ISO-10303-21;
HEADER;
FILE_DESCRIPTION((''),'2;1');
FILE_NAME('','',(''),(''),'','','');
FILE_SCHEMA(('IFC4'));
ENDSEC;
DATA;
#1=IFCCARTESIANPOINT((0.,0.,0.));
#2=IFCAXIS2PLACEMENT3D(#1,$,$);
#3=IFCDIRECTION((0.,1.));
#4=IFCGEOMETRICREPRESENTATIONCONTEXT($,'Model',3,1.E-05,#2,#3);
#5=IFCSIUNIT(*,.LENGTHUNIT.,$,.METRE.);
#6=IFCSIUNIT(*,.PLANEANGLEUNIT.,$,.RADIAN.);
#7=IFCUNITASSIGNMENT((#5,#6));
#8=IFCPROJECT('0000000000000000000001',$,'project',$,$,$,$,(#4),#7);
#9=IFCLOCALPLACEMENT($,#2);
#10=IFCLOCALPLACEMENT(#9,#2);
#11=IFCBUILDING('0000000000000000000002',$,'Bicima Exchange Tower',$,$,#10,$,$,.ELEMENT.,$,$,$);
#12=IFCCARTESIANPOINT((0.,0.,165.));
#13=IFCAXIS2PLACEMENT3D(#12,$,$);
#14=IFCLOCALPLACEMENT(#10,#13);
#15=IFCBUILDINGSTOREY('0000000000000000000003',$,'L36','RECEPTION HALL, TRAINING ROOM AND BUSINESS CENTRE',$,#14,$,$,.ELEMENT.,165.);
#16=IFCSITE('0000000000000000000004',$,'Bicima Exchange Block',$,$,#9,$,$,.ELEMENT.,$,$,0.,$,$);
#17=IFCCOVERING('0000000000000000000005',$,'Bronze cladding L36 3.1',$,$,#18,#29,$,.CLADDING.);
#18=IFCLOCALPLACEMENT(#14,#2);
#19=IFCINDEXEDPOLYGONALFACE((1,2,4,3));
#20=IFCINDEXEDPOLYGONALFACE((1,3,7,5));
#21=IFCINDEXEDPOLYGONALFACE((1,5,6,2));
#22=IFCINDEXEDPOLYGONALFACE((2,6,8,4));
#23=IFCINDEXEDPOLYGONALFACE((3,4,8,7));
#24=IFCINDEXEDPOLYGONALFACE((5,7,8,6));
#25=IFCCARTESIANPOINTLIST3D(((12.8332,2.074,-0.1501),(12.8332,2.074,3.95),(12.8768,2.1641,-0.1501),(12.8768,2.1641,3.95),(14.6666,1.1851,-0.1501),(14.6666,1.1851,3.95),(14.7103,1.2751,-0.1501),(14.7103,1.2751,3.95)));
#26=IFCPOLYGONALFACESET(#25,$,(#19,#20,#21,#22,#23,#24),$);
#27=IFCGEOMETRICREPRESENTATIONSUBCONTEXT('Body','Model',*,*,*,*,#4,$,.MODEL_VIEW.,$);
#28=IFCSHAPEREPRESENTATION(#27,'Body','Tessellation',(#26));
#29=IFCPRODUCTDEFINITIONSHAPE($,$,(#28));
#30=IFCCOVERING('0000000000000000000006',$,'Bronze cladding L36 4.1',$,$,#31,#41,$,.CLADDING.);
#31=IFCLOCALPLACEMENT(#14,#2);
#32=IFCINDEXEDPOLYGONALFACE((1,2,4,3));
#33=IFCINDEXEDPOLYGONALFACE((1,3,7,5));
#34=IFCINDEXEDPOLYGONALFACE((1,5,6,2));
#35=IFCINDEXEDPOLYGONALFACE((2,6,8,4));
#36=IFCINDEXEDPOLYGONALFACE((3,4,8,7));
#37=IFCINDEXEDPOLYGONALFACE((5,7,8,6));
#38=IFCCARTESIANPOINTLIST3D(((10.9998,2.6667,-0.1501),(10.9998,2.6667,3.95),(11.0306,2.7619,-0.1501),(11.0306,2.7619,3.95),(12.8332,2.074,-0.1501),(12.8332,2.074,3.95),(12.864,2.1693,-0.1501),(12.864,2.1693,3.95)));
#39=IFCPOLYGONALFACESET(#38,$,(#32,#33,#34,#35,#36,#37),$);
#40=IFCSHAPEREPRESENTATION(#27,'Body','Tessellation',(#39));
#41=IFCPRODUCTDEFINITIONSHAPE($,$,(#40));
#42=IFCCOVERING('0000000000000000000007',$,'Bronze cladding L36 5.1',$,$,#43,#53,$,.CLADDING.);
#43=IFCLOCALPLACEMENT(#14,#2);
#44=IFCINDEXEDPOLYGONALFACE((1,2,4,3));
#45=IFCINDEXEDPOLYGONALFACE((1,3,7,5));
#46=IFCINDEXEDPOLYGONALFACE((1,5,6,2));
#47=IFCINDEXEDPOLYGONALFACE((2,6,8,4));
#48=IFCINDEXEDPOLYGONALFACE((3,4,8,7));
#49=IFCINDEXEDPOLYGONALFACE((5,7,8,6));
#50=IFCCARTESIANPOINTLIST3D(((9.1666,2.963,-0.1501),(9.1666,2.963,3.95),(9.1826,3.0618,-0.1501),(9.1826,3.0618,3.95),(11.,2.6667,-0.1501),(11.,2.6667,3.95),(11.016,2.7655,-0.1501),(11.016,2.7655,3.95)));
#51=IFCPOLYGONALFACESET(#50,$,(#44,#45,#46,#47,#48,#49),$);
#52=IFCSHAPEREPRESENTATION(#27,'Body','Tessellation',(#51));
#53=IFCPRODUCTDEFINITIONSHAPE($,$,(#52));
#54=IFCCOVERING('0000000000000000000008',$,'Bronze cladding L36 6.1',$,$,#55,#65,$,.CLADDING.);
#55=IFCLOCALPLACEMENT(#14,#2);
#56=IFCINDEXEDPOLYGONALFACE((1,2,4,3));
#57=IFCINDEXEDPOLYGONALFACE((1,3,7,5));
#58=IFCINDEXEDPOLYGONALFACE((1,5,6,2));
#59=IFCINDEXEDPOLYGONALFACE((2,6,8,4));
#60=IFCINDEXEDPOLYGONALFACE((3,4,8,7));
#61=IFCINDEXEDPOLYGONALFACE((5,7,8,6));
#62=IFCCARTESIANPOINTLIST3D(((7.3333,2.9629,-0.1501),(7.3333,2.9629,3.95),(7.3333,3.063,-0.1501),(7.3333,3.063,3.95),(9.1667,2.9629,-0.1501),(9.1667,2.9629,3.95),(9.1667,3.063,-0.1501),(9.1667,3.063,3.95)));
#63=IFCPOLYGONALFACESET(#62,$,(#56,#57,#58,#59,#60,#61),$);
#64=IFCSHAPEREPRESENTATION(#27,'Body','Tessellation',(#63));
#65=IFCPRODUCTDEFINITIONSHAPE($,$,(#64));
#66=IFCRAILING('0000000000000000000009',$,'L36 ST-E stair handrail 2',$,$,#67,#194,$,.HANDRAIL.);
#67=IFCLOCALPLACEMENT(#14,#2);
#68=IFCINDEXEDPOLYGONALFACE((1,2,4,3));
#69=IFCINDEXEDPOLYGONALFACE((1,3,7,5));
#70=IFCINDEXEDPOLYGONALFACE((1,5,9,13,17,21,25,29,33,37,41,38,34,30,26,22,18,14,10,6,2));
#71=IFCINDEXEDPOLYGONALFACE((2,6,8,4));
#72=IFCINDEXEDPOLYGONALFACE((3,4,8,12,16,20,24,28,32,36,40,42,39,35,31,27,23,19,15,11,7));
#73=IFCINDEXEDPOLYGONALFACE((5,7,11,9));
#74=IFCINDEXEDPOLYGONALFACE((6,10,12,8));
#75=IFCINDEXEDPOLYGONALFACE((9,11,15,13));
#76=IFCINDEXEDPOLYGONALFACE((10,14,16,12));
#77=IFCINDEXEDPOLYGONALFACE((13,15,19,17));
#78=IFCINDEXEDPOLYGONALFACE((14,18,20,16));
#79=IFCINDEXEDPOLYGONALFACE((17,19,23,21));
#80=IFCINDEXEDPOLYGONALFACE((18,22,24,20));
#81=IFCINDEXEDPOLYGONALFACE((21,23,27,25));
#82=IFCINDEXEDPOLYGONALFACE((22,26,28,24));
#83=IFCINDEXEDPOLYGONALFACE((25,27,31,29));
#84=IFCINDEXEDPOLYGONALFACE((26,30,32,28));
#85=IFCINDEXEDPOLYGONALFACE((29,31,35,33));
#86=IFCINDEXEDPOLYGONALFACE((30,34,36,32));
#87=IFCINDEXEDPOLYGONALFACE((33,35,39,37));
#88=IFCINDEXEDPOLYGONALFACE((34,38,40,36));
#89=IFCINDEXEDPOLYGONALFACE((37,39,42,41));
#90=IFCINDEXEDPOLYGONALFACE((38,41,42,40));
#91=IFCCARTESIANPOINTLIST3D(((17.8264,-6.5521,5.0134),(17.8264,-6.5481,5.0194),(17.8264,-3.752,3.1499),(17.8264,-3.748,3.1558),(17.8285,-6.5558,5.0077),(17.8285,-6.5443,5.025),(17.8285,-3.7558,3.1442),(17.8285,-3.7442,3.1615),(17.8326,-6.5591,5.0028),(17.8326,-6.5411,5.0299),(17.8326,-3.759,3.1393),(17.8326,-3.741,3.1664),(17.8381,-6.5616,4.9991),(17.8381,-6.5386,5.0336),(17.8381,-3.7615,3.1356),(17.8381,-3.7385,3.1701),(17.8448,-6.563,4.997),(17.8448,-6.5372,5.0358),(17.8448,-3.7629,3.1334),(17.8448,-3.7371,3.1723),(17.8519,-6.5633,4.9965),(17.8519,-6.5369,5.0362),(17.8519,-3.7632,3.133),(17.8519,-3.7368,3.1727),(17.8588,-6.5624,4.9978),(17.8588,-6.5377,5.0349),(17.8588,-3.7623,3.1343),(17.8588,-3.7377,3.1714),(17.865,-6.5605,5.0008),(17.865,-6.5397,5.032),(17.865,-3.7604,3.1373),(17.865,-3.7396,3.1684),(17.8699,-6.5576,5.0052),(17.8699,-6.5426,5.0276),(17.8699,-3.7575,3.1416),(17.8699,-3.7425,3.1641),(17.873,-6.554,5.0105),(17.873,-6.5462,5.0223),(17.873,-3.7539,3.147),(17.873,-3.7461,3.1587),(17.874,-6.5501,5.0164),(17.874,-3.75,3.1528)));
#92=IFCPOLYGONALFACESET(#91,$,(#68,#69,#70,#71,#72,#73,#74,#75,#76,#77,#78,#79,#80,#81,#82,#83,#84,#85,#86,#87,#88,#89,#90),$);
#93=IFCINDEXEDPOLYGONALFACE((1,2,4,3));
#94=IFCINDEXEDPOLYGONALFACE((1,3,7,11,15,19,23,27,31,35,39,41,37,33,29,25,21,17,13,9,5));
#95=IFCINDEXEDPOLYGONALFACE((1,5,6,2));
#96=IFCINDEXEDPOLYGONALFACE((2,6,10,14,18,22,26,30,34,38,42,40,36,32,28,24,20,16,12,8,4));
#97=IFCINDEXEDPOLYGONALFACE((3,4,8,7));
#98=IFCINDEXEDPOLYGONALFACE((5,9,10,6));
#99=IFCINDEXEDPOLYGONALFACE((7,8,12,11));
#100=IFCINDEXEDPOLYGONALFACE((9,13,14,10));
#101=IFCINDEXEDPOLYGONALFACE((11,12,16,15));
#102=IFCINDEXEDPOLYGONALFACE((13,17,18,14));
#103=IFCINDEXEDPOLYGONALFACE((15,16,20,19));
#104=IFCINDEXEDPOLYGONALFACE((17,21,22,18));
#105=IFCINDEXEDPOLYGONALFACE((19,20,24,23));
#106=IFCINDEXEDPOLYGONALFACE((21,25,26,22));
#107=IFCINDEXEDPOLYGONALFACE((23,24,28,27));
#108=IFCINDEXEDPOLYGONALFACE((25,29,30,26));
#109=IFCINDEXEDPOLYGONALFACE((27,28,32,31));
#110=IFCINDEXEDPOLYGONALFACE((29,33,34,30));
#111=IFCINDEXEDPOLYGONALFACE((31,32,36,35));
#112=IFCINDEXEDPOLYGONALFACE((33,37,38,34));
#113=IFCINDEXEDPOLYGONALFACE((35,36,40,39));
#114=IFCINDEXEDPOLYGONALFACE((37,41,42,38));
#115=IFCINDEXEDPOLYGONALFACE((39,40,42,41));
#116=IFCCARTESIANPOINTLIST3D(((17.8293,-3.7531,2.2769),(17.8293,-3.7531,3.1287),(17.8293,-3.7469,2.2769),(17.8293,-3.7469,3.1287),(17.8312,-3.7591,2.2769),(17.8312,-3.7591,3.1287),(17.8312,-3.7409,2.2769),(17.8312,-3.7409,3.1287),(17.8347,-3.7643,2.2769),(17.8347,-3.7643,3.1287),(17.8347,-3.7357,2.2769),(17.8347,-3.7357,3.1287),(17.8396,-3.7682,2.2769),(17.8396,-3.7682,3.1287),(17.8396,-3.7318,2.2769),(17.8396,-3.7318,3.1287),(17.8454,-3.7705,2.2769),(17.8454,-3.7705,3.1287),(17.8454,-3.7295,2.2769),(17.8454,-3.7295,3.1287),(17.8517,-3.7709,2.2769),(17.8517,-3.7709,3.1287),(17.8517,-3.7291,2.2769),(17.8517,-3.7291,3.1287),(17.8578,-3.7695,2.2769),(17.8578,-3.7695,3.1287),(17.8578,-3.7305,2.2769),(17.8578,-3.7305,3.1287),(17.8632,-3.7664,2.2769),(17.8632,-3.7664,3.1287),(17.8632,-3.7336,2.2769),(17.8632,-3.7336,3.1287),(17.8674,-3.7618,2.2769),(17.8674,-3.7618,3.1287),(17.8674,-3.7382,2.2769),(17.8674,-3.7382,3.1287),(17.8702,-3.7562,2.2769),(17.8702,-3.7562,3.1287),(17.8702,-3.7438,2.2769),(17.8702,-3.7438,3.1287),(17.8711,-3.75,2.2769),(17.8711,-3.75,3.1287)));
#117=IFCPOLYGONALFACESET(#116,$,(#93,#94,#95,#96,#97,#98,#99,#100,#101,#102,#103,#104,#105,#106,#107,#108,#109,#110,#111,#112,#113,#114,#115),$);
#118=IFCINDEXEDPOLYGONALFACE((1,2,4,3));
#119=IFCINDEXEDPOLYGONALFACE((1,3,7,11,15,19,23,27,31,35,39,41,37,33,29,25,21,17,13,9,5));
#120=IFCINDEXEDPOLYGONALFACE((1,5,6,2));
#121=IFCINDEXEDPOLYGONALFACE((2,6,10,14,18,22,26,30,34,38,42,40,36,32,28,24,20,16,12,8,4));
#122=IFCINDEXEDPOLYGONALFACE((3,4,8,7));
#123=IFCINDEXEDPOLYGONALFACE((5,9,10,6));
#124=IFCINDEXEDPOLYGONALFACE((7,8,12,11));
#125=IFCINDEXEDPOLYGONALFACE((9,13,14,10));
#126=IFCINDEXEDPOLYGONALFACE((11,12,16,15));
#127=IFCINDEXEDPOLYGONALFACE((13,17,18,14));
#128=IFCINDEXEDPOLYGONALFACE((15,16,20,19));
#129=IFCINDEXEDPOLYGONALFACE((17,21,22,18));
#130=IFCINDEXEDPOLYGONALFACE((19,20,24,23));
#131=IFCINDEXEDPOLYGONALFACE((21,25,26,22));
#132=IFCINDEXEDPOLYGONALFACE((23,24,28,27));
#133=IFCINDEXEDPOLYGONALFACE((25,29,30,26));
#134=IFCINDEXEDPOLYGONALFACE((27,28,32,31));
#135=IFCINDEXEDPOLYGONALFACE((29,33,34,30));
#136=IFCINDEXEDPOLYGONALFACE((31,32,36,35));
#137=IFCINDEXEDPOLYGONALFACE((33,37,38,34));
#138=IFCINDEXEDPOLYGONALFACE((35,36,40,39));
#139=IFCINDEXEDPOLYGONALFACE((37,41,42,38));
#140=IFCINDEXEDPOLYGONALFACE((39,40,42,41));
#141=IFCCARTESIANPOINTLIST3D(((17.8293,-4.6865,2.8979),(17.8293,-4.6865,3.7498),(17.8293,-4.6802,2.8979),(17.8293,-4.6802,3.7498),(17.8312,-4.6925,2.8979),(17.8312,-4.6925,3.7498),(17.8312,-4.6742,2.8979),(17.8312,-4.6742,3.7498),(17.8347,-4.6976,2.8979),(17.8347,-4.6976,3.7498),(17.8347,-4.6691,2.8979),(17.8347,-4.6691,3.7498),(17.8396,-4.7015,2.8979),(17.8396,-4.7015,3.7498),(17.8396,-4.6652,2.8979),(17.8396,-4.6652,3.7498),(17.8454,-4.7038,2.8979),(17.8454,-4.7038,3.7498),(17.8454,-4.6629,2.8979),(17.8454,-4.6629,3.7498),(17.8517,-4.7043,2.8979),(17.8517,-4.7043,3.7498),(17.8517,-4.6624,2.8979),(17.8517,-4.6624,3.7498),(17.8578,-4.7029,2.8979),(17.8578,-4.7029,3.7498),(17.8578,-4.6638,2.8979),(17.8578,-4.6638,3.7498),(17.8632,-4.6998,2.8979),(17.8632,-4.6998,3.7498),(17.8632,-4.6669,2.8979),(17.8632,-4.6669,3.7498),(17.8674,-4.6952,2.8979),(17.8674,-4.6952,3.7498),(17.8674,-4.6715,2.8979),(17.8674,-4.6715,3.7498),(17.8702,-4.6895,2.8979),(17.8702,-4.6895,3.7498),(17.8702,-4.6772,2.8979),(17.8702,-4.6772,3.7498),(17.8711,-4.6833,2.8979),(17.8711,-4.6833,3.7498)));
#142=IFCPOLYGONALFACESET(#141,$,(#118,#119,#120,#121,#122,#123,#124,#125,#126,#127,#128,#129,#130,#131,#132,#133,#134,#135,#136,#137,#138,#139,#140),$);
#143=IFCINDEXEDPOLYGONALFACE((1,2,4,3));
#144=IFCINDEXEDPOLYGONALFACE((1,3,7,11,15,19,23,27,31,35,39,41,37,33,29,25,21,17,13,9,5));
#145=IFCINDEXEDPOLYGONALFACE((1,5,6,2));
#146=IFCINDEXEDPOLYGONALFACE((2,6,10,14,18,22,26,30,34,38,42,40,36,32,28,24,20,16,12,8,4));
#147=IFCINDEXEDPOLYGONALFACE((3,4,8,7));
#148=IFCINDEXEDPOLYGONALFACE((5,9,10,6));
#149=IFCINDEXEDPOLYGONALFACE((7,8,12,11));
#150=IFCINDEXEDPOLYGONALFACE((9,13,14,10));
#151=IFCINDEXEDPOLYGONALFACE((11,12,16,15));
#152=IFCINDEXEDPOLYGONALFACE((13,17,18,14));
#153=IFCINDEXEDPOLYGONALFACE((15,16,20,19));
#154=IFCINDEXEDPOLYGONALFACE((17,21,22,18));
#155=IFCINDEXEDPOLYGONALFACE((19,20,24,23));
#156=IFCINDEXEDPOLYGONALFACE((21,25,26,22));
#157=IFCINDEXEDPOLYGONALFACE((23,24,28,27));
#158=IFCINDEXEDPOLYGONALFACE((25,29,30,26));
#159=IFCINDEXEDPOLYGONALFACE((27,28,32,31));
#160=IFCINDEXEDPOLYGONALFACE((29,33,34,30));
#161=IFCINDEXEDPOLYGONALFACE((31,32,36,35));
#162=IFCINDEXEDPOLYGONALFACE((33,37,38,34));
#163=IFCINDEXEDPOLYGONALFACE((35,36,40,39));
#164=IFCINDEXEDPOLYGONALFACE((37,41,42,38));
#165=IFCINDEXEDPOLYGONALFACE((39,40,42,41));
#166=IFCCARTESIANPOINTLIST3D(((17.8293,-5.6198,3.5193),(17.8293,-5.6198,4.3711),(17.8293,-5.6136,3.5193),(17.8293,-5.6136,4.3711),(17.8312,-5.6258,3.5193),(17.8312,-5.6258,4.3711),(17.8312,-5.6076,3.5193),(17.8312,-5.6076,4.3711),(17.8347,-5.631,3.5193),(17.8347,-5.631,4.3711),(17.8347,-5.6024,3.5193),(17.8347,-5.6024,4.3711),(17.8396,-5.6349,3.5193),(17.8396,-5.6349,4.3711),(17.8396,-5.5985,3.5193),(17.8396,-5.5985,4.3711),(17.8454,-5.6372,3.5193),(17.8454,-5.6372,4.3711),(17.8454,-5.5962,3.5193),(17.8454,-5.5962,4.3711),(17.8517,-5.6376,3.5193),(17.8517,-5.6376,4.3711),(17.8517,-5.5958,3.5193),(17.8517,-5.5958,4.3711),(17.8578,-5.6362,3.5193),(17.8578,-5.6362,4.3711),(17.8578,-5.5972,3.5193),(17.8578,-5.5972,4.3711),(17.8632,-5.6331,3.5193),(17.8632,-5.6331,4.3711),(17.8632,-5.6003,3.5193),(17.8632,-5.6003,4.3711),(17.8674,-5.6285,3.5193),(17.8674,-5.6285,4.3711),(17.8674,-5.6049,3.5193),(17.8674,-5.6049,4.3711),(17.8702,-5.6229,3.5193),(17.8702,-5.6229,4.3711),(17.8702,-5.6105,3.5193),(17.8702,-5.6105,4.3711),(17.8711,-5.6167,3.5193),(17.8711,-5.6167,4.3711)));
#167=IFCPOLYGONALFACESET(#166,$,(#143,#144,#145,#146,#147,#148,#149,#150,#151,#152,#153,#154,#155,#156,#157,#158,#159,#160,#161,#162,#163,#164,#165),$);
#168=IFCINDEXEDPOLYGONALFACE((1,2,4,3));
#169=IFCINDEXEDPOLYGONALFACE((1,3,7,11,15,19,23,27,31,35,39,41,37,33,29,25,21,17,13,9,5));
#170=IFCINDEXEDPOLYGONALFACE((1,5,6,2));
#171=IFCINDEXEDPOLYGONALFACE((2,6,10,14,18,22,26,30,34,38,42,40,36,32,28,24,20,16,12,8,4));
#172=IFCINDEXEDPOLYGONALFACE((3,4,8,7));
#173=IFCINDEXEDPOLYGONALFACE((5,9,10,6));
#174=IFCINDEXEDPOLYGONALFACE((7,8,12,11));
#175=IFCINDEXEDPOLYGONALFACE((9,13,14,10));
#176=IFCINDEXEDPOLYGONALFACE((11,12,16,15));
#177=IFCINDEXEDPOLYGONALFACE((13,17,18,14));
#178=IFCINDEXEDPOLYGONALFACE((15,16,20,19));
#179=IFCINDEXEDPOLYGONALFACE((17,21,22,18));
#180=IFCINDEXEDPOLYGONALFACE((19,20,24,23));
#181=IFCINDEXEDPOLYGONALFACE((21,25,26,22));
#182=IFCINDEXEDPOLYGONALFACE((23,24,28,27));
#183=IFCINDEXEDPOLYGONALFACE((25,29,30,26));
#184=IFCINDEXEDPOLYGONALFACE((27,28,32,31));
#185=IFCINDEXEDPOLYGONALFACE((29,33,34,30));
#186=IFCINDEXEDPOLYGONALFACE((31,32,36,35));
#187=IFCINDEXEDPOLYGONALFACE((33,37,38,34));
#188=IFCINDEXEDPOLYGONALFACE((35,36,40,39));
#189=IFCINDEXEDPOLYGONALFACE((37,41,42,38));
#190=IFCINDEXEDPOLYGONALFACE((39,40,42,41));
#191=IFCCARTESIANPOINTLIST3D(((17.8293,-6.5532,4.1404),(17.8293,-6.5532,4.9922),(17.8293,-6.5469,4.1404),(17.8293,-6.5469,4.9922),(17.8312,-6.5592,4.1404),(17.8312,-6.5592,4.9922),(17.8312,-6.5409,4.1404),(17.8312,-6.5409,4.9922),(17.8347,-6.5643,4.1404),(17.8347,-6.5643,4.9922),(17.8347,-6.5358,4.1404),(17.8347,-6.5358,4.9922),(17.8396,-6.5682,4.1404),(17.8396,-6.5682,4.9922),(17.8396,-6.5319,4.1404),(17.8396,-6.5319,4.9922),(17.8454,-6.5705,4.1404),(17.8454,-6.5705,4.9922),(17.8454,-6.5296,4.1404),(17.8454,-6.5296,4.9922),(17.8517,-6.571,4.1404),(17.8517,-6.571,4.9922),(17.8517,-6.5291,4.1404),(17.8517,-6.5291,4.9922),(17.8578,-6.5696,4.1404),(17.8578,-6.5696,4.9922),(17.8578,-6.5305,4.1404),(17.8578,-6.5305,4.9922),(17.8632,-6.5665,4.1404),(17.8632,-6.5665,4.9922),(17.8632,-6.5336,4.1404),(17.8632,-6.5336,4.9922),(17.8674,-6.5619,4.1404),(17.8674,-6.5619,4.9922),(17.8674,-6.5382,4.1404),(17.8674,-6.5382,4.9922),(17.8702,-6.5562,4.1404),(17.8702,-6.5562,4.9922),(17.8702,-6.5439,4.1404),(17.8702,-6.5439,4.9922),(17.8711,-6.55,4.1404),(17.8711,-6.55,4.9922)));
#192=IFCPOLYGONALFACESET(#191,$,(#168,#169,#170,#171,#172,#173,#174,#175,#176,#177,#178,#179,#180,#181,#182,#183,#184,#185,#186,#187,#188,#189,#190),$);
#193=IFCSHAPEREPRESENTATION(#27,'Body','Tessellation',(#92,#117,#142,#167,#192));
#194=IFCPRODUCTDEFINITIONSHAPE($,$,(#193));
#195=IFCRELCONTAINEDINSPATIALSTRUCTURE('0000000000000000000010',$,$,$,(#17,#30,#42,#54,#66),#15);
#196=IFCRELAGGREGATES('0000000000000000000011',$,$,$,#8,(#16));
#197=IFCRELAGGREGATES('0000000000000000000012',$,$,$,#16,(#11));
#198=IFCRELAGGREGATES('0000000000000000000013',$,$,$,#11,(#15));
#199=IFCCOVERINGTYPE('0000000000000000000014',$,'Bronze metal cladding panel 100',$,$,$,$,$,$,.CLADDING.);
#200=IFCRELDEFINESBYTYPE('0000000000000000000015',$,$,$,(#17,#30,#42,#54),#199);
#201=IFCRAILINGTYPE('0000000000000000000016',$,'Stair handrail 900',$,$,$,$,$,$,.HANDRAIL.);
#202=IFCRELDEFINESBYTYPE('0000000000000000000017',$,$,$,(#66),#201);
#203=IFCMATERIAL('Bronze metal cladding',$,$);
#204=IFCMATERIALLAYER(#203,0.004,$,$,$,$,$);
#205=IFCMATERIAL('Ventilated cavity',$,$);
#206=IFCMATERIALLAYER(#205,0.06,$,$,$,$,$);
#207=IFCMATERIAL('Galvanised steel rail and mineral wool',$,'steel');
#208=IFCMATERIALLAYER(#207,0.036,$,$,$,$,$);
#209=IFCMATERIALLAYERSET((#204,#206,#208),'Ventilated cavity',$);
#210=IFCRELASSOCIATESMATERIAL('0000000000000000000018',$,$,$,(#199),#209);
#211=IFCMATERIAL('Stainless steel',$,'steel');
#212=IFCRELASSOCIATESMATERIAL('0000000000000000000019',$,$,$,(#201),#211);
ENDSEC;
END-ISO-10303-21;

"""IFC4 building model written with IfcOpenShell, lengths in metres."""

from ifc_helpers import new_model, si_unit, direction, frame, origin, origin_2d, place, context, subcontext, project, spatial, rectangle, circle, extrude, material, layer, layer_set, type_object, element, save


model = new_model("IFC4")

# Units and contexts
model_context = context("Model", 3, precision=1e-05, world=origin(), true_north=direction((0.0, 1.0)))
body_context = subcontext(model_context, "Body", "Model", "MODEL_VIEW")
ifc_project = project(units=[si_unit("LENGTHUNIT", "METRE"), si_unit("PLANEANGLEUNIT", "RADIAN")], contexts=[model_context])

# Site, building, storey
site_placement = place(None, origin())
site = spatial("IfcSite", under=ifc_project, at=site_placement, Name="Bicima Exchange Block", CompositionType="ELEMENT", RefElevation=0.0)
building_placement = place(site_placement, origin())
building = spatial("IfcBuilding", under=site, at=building_placement, Name="Bicima Exchange Tower", CompositionType="ELEMENT")
storey_placement = place(building_placement, frame((0.0, 0.0, 165.0)))
storey = spatial("IfcBuildingStorey", under=building, at=storey_placement, Name="L36", Description="RECEPTION HALL, TRAINING ROOM AND BUSINESS CENTRE", CompositionType="ELEMENT", Elevation=165.0)

# Shared definitions
ifc_material_1 = material(Name="Stainless steel", Category="steel")

# Coverings
ifc_material_2 = material(Name="Bronze metal cladding")
ifc_layer_1 = layer(ifc_material_2, 0.004)
ifc_material_3 = material(Name="Ventilated cavity")
ifc_layer_2 = layer(ifc_material_3, 0.06)
ifc_material_4 = material(Name="Galvanised steel rail and mineral wool", Category="steel")
ifc_layer_3 = layer(ifc_material_4, 0.036)
ifc_layer_set_1 = layer_set([ifc_layer_1, ifc_layer_2, ifc_layer_3], Name="Ventilated cavity")
covering_type = type_object("IfcCoveringType", Name="Bronze metal cladding panel 100", PredefinedType="CLADDING", material=ifc_layer_set_1)
covering_1_placement = place(storey_placement, frame((13.7717, 1.6746, -0.1501), z_axis=(0.0, 0.0, 1.0), x_axis=(-0.899818, 0.436265, 0.0)))
element("IfcCovering", 1, at=covering_1_placement, inside=storey, type_object=covering_type, Name="Bronze cladding L36 3.1", PredefinedType="CLADDING", context=body_context, shape_type="SweptSolid", body=[
    extrude(rectangle(XDim=2.0376, YDim=0.1001, at=origin_2d()), origin(), (0.0, 0.0, 1.0), 4.1001),
])
covering_2_placement = place(storey_placement, frame((11.9319, 2.418, -0.1501), z_axis=(0.0, 0.0, 1.0), x_axis=(-0.951525, 0.307573, 0.0)))
element("IfcCovering", 2, at=covering_2_placement, inside=storey, type_object=covering_type, Name="Bronze cladding L36 4.1", PredefinedType="CLADDING", context=body_context, shape_type="SweptSolid", body=[
    extrude(rectangle(XDim=1.9268, YDim=0.1001, at=origin_2d()), origin(), (0.0, 0.0, 1.0), 4.1001),
])
covering_3_placement = place(storey_placement, frame((10.0913, 2.8643, -0.1501), z_axis=(0.0, 0.0, 1.0), x_axis=(-0.98719, 0.15955, 0.0)))
element("IfcCovering", 3, at=covering_3_placement, inside=storey, type_object=covering_type, Name="Bronze cladding L36 5.1", PredefinedType="CLADDING", context=body_context, shape_type="SweptSolid", body=[
    extrude(rectangle(XDim=1.8572, YDim=0.1001, at=origin_2d()), origin(), (0.0, 0.0, 1.0), 4.1001),
])
covering_4_placement = place(storey_placement, frame((8.25, 3.0129, -0.1501), z_axis=(0.0, 0.0, 1.0), x_axis=(-1.0, 0.0, 0.0)))
element("IfcCovering", 4, at=covering_4_placement, inside=storey, type_object=covering_type, Name="Bronze cladding L36 6.1", PredefinedType="CLADDING", context=body_context, shape_type="SweptSolid", body=[
    extrude(rectangle(XDim=1.8335, YDim=0.1001, at=origin_2d()), origin(), (0.0, 0.0, 1.0), 4.1001),
])

# Railing
railing_type = type_object("IfcRailingType", Name="Stair handrail 900", PredefinedType="HANDRAIL", material=ifc_material_1)
railing_placement = place(storey_placement, frame((17.8501, -3.75, 2.2769)))
element("IfcRailing", 5, at=railing_placement, inside=storey, type_object=railing_type, Name="L36 ST-E stair handrail 2", PredefinedType="HANDRAIL", context=body_context, shape_type="SweptSolid", body=[
    extrude(circle(Radius=0.0239, at=origin_2d()), frame((0.0, 0.0, 0.876), z_axis=(0.0, -0.832486, 0.554047), x_axis=(1.0, 0.0, 0.0)), (0.0, 0.0, 1.0), 3.3635),
    extrude(circle(Radius=0.021, at=origin_2d()), origin(), (0.0, 0.0, 1.0), 0.8518),
    extrude(circle(Radius=0.021, at=origin_2d()), frame((0.0, -0.9333, 0.6211)), (0.0, 0.0, 1.0), 0.8518),
    extrude(circle(Radius=0.021, at=origin_2d()), frame((0.0, -1.8667, 1.2424)), (0.0, 0.0, 1.0), 0.8518),
    extrude(circle(Radius=0.021, at=origin_2d()), frame((0.0, -2.8, 1.8635)), (0.0, 0.0, 1.0), 0.8518),
])

save(model, "model.ifc")
